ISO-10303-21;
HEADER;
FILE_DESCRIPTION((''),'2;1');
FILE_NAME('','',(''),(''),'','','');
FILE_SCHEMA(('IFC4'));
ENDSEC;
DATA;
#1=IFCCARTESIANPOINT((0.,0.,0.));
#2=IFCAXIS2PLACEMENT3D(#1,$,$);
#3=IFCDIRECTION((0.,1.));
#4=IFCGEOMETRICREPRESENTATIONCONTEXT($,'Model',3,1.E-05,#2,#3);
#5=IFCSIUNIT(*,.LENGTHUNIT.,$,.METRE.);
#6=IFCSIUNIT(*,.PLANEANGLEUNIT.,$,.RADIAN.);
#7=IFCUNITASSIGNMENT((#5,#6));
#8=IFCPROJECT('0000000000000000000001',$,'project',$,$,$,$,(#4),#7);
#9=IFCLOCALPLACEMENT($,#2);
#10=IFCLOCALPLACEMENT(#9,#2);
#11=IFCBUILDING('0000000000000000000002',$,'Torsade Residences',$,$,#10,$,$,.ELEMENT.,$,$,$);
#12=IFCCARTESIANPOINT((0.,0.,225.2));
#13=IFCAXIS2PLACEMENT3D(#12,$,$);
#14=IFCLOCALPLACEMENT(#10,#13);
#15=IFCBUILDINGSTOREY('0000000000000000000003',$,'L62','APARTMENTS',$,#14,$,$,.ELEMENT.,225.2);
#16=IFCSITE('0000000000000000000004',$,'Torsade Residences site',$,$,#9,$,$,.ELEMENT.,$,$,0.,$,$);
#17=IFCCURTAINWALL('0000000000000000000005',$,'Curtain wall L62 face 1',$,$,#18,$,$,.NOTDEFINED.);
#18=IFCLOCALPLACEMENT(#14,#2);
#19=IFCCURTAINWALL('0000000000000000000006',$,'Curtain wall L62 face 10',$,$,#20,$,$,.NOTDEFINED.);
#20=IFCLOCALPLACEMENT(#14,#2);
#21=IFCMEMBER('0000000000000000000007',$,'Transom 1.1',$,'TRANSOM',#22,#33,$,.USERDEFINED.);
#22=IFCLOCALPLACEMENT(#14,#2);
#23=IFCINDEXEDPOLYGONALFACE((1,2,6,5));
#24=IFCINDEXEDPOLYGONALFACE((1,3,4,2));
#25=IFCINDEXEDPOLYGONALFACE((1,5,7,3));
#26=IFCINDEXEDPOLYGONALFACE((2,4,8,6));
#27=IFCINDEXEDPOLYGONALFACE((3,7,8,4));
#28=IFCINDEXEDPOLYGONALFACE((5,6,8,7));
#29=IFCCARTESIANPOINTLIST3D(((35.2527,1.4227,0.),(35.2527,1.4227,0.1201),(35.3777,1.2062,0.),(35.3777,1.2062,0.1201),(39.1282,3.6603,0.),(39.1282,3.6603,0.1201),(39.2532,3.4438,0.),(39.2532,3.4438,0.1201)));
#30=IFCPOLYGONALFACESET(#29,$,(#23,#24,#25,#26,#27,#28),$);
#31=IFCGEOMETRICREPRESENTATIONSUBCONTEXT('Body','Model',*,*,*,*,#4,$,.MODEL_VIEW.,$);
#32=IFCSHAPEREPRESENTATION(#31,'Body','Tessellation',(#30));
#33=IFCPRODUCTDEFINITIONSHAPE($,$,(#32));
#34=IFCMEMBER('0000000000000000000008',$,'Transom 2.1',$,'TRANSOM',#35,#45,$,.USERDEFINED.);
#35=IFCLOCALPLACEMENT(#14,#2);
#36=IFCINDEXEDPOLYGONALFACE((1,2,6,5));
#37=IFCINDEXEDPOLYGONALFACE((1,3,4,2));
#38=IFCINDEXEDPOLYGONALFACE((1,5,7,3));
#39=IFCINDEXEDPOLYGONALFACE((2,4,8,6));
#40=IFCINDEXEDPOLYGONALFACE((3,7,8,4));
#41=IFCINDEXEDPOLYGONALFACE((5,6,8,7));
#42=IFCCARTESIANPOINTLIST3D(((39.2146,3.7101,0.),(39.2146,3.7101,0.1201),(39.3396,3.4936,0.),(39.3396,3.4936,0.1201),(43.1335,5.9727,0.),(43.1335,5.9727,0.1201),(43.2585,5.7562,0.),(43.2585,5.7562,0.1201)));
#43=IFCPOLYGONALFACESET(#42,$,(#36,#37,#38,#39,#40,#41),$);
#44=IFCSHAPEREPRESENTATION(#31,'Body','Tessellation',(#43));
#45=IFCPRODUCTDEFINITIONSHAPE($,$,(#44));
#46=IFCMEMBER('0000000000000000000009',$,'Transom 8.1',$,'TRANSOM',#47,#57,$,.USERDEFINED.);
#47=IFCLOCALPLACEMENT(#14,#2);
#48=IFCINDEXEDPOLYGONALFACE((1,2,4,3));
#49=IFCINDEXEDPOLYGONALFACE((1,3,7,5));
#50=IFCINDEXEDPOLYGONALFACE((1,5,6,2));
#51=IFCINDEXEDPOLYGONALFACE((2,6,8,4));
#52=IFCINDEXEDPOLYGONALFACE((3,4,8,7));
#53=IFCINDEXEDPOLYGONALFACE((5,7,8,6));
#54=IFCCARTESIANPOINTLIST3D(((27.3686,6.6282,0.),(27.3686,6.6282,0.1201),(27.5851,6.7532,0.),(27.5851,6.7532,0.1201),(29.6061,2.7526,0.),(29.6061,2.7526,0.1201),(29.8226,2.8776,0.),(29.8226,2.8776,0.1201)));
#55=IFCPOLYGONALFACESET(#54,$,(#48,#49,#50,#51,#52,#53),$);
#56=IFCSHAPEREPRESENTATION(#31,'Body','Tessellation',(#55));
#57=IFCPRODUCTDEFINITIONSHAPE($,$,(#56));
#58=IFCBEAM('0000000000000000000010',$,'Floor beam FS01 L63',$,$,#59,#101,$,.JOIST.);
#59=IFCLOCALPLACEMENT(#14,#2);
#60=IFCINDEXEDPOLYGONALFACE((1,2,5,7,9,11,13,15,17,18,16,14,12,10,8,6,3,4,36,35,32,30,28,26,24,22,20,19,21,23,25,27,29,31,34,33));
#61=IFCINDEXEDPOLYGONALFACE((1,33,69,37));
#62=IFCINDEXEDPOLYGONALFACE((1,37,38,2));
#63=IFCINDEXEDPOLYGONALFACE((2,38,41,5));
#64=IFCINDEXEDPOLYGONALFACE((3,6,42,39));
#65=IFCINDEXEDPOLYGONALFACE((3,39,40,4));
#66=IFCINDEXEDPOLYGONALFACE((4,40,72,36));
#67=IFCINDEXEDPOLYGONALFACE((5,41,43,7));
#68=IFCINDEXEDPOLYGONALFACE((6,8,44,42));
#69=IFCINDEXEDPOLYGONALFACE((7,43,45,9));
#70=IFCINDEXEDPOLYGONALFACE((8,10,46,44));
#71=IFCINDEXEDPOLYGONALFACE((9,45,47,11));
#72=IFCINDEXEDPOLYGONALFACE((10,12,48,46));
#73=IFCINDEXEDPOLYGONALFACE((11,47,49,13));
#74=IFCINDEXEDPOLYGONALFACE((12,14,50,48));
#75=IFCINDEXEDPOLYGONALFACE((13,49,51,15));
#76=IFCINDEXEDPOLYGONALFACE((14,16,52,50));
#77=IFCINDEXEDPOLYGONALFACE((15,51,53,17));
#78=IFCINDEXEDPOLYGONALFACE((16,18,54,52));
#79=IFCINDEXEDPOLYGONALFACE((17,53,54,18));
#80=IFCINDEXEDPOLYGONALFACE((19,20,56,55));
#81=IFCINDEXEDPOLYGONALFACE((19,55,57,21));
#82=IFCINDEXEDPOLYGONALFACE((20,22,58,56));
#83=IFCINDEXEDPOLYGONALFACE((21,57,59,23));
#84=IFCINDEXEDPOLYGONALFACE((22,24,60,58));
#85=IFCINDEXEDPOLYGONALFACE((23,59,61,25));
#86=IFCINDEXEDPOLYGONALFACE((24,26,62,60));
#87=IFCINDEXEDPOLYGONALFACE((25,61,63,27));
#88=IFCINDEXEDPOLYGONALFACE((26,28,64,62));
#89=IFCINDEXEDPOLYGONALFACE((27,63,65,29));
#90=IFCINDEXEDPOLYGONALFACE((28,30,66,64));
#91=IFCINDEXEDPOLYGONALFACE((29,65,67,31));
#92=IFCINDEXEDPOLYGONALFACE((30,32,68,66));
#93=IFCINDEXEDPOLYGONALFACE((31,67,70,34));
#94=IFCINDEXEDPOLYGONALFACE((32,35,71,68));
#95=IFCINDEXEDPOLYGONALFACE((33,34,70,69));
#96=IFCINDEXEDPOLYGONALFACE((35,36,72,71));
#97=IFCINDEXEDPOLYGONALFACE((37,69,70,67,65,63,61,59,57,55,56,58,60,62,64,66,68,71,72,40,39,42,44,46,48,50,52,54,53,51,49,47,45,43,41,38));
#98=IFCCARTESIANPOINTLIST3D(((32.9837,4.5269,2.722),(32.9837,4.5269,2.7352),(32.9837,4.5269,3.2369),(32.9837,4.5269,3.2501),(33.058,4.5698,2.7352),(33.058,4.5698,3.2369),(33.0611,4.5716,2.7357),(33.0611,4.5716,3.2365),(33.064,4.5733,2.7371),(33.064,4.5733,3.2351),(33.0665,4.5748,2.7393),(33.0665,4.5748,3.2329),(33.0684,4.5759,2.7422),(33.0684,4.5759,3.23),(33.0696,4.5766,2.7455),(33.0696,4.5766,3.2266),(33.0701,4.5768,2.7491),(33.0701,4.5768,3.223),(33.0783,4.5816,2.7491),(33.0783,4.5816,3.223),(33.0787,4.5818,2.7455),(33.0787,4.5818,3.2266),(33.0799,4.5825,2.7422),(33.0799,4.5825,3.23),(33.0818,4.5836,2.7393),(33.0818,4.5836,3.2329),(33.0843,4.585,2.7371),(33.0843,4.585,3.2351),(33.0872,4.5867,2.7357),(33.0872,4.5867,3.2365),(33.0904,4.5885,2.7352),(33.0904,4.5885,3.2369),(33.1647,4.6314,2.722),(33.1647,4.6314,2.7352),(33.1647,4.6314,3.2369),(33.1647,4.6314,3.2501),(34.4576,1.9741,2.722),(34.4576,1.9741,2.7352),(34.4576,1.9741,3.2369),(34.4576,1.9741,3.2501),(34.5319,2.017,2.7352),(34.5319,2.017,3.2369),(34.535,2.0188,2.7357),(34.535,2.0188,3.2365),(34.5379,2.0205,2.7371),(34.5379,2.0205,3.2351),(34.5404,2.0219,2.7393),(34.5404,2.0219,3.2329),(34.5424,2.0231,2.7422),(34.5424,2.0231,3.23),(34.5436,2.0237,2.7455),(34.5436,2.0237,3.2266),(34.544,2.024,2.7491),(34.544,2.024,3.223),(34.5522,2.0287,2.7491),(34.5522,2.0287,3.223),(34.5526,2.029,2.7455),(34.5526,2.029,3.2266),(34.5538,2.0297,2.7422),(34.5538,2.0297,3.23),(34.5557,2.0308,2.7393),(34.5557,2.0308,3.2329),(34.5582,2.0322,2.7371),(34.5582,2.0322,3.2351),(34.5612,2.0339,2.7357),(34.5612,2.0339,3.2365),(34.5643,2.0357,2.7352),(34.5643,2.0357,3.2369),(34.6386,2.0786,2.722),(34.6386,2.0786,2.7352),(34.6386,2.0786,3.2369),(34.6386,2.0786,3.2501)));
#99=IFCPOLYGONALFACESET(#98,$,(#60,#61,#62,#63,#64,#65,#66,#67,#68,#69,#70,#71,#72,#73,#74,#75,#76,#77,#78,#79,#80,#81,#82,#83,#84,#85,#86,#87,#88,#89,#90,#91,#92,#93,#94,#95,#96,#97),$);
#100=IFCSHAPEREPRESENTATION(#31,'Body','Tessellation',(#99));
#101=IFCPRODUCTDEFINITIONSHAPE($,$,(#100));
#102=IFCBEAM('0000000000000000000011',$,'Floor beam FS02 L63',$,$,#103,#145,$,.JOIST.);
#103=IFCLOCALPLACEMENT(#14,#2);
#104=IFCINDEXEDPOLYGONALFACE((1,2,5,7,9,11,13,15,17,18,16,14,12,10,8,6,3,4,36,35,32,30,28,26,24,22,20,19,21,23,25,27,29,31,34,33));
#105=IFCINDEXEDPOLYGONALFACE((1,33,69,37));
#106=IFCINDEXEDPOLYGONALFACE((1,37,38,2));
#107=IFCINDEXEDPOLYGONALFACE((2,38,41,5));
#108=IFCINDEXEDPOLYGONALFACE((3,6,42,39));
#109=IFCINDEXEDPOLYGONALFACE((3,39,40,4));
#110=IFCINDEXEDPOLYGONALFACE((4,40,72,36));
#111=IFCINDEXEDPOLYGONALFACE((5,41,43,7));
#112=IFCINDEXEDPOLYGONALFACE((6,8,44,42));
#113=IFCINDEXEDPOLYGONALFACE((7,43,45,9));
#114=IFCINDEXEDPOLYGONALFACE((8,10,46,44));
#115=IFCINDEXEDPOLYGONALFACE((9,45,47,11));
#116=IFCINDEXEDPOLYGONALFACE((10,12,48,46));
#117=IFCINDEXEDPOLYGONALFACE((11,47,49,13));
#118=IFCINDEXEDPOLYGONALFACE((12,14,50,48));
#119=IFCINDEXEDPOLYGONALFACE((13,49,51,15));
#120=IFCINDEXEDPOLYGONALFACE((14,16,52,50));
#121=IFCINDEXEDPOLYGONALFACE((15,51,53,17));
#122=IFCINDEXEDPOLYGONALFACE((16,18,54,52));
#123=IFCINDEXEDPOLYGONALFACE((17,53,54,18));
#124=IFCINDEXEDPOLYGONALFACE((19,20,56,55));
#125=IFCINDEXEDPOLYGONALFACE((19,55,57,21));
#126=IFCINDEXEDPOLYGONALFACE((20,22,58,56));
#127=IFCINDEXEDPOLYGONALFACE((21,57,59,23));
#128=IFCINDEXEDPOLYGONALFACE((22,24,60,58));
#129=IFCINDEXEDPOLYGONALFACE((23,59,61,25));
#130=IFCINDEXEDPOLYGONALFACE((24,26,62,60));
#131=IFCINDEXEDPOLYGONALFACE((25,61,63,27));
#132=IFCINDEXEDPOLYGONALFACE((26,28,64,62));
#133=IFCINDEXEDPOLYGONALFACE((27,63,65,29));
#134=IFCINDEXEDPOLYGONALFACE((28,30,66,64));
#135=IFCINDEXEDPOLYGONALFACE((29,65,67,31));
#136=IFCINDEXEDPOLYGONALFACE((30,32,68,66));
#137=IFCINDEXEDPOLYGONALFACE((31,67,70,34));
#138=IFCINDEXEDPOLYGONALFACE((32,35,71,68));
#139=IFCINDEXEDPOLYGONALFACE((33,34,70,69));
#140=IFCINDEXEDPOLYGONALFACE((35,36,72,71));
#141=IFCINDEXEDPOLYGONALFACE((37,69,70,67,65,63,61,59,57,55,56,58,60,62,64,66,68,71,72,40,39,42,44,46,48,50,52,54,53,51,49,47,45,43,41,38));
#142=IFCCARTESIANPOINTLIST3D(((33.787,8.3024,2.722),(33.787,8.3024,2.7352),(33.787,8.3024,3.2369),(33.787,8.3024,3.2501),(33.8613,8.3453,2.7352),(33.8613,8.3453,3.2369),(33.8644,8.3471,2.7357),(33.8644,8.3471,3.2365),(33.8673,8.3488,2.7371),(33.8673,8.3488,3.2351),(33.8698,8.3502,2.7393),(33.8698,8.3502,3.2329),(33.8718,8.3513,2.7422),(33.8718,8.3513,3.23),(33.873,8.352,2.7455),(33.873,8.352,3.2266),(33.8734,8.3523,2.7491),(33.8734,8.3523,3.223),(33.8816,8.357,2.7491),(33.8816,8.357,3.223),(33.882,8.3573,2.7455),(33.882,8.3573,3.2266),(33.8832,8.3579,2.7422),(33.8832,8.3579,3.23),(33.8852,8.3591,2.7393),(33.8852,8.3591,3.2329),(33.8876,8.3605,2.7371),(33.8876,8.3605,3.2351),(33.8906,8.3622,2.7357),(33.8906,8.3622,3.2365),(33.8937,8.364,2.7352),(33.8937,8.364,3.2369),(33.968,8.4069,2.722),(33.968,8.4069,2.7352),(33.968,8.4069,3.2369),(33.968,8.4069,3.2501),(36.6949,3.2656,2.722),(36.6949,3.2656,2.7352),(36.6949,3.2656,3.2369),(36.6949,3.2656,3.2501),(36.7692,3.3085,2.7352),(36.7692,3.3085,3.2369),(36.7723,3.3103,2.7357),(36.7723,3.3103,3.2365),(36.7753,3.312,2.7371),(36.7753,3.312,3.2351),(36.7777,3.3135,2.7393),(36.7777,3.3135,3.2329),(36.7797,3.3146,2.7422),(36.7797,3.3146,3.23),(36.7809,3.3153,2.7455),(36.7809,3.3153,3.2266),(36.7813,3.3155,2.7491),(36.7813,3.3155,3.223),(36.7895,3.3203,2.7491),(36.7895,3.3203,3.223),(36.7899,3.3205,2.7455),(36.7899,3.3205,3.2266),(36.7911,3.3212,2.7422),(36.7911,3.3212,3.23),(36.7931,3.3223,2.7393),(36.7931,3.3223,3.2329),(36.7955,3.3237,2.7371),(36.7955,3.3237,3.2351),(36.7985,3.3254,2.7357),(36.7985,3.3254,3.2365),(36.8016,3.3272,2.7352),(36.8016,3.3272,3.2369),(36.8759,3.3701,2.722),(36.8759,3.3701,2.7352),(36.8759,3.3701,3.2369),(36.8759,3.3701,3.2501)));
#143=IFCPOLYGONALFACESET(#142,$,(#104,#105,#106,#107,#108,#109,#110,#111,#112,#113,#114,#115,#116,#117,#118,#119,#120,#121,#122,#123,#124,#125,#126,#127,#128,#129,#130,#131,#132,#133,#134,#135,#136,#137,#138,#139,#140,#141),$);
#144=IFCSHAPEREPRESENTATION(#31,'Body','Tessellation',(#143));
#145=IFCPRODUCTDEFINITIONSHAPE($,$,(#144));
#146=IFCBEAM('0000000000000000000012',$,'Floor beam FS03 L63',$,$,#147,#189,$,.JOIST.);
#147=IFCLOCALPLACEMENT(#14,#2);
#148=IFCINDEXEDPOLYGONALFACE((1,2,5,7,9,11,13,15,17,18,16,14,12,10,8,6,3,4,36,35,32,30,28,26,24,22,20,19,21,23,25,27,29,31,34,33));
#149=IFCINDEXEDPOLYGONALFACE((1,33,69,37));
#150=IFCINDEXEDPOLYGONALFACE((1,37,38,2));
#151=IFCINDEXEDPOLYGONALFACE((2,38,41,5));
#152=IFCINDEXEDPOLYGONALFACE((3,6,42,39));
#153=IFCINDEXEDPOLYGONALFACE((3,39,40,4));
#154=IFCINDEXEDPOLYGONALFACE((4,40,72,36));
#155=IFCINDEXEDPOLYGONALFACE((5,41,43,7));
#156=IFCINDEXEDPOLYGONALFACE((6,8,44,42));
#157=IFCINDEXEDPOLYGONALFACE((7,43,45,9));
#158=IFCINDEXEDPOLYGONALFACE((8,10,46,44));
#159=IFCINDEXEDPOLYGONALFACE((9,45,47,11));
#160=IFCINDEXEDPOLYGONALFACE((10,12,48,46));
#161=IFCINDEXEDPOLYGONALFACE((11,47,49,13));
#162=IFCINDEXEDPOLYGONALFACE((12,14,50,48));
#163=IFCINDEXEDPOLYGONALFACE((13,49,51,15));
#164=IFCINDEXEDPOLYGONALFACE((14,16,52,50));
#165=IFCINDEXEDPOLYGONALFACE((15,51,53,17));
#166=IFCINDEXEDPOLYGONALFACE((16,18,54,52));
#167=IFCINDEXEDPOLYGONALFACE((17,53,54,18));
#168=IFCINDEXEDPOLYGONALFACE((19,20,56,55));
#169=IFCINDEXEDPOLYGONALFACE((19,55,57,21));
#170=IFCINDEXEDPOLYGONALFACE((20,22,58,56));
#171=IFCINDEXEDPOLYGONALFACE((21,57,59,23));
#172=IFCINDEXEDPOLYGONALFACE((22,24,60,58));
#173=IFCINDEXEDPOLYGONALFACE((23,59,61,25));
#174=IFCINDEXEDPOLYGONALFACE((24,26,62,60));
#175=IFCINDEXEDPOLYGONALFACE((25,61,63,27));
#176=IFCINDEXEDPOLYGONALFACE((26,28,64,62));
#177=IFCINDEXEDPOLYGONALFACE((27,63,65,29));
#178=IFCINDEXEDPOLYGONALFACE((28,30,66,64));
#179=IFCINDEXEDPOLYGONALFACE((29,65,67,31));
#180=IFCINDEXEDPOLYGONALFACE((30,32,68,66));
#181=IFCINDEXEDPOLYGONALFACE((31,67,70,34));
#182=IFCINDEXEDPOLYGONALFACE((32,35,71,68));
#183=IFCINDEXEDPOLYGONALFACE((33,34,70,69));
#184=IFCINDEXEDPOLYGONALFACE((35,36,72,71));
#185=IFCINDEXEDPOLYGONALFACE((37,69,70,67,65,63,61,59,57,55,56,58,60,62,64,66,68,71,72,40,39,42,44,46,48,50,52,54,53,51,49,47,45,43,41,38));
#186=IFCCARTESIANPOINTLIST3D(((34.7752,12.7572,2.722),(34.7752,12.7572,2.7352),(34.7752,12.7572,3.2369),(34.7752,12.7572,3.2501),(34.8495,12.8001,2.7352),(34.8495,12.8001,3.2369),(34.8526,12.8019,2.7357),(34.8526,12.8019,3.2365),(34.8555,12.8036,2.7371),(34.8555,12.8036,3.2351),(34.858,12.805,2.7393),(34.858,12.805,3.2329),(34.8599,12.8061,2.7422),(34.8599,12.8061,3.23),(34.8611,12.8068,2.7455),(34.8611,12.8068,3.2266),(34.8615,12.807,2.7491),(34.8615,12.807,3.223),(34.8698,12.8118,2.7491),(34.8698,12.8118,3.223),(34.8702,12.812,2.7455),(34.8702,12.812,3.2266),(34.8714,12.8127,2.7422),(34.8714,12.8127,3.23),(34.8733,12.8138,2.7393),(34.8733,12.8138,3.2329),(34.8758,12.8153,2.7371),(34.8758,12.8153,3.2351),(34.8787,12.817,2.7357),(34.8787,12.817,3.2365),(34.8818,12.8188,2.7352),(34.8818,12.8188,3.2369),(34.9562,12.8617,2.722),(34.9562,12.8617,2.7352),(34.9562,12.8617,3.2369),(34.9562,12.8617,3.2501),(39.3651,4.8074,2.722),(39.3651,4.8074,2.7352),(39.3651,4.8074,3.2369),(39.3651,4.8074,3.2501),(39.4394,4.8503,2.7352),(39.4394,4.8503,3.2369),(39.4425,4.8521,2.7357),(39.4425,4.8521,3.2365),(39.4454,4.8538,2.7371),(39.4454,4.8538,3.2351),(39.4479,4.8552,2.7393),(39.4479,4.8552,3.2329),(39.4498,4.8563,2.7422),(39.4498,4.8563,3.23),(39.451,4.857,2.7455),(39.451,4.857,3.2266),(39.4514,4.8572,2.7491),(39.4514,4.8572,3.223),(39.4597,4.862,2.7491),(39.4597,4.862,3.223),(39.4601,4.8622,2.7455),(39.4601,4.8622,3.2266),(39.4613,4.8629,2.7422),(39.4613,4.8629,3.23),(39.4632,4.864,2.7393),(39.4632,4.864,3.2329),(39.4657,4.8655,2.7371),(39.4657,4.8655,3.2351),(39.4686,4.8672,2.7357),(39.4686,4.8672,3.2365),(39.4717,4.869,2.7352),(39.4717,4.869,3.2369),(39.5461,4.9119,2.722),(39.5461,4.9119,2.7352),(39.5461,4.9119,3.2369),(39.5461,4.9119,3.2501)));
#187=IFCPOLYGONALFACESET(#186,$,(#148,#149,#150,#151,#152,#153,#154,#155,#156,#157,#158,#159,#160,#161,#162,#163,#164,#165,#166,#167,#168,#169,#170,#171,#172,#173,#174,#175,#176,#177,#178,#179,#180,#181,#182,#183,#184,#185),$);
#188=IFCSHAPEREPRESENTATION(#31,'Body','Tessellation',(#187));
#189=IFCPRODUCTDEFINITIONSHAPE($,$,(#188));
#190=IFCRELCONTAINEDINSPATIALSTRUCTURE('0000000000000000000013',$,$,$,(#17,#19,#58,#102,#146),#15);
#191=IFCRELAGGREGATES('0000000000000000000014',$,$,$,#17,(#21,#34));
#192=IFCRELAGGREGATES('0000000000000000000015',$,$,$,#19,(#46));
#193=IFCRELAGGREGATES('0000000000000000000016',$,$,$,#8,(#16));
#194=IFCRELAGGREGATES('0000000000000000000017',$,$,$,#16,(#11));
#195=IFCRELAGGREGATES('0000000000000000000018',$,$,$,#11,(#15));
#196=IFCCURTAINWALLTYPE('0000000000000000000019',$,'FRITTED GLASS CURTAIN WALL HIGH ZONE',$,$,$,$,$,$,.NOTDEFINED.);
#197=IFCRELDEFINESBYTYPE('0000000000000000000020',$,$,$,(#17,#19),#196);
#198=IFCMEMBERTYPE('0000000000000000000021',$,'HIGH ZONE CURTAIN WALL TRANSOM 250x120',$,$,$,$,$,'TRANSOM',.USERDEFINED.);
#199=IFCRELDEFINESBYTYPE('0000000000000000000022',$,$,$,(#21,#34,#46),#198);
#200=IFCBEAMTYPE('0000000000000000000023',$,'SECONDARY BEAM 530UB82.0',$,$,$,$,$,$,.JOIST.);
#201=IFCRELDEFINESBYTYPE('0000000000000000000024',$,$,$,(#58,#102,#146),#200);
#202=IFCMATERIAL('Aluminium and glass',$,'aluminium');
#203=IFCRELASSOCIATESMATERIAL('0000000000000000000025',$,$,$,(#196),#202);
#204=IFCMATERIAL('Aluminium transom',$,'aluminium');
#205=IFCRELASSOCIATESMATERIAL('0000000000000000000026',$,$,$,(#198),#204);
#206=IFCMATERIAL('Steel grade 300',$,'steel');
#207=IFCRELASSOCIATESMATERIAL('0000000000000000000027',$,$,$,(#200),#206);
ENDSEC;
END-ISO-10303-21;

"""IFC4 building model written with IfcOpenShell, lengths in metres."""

from ifc_helpers import new_model, si_unit, direction, frame, origin, origin_2d, place, context, subcontext, project, spatial, rectangle, i_section, extrude, material, material_profile, profile_set, type_object, element, aggregate, save


model = new_model("IFC4")

# Units and contexts
model_context = context("Model", 3, precision=1e-05, world=origin(), true_north=direction((0.0, 1.0)))
body_context = subcontext(model_context, "Body", "Model", "MODEL_VIEW")
ifc_project = project(units=[si_unit("LENGTHUNIT", "METRE"), si_unit("PLANEANGLEUNIT", "RADIAN")], contexts=[model_context])

# Site, building, storey
site_placement = place(None, origin())
site = spatial("IfcSite", under=ifc_project, at=site_placement, Name="Torsade Residences site", CompositionType="ELEMENT", RefElevation=0.0)
building_placement = place(site_placement, origin())
building = spatial("IfcBuilding", under=site, at=building_placement, Name="Torsade Residences", CompositionType="ELEMENT")
storey_placement = place(building_placement, frame((0.0, 0.0, 225.2)))
storey = spatial("IfcBuildingStorey", under=building, at=storey_placement, Name="L62", Description="APARTMENTS", CompositionType="ELEMENT", Elevation=225.2)

# Curtain walls
ifc_material_1 = material(Name="Aluminium and glass", Category="aluminium")
curtain_wall_type = type_object("IfcCurtainWallType", Name="FRITTED GLASS CURTAIN WALL HIGH ZONE", PredefinedType="NOTDEFINED", material=ifc_material_1)
curtain_wall_1_placement = place(storey_placement, origin())
curtain_wall_1 = element("IfcCurtainWall", 1, at=curtain_wall_1_placement, inside=storey, type_object=curtain_wall_type, Name="Curtain wall L62 face 1", PredefinedType="NOTDEFINED")
curtain_wall_2_placement = place(storey_placement, origin())
curtain_wall_2 = element("IfcCurtainWall", 2, at=curtain_wall_2_placement, inside=storey, type_object=curtain_wall_type, Name="Curtain wall L62 face 10", PredefinedType="NOTDEFINED")

# Members
ifc_material_2 = material(Name="Aluminium transom", Category="aluminium")
ifc_material_profile_1 = material_profile(ifc_material_2, rectangle(XDim=0.25, YDim=0.1201, at=origin_2d()), Name="HIGH ZONE CURTAIN WALL TRANSOM 250x120")
ifc_profile_set_1 = profile_set([ifc_material_profile_1], Name="Aluminium transom")
member_type_1 = type_object("IfcMemberType", Name="HIGH ZONE CURTAIN WALL TRANSOM 250x120", ElementType="TRANSOM", PredefinedType="USERDEFINED", material=ifc_profile_set_1)
member_1_placement = place(storey_placement, frame((35.3152, 1.3145, 0.0601), z_axis=(0.866022, 0.500006, 0.0), x_axis=(-0.500006, 0.866022, 0.0)))
member_1 = element("IfcMember", 3, at=member_1_placement, type_object=member_type_1, Name="Transom 1.1", ObjectType="TRANSOM", PredefinedType="USERDEFINED", context=body_context, shape_type="SweptSolid", body=[
    extrude(rectangle(XDim=0.25, YDim=0.1201, at=origin_2d()), origin(), (0.0, 0.0, 1.0), 4.4751),
])
member_2_placement = place(storey_placement, frame((39.2771, 3.6018, 0.0601), z_axis=(0.866017, 0.500015, 0.0), x_axis=(-0.500015, 0.866017, 0.0)))
member_2 = element("IfcMember", 4, at=member_2_placement, type_object=member_type_1, Name="Transom 2.1", ObjectType="TRANSOM", PredefinedType="USERDEFINED", context=body_context, shape_type="SweptSolid", body=[
    extrude(rectangle(XDim=0.25, YDim=0.1201, at=origin_2d()), origin(), (0.0, 0.0, 1.0), 4.5251),
])
member_3_placement = place(storey_placement, frame((27.4768, 6.6907, 0.0601), z_axis=(0.500006, -0.866022, 0.0), x_axis=(0.866022, 0.500006, 0.0)))
member_3 = element("IfcMember", 5, at=member_3_placement, type_object=member_type_1, Name="Transom 8.1", ObjectType="TRANSOM", PredefinedType="USERDEFINED", context=body_context, shape_type="SweptSolid", body=[
    extrude(rectangle(XDim=0.25, YDim=0.1201, at=origin_2d()), origin(), (0.0, 0.0, 1.0), 4.4751),
])

# Beams
ifc_material_3 = material(Name="Steel grade 300", Category="steel")
ifc_material_profile_2 = material_profile(ifc_material_3, i_section(OverallWidth=0.209, OverallDepth=0.5281, WebThickness=0.0095, FlangeThickness=0.0132, FilletRadius=0.0139, at=origin_2d()), Name="530UB82.0")
ifc_profile_set_2 = profile_set([ifc_material_profile_2], Name="Steel grade 300")
beam_type_1 = type_object("IfcBeamType", Name="SECONDARY BEAM 530UB82.0", PredefinedType="JOIST", material=ifc_profile_set_2)
beam_1_placement = place(storey_placement, frame((34.5481, 2.0264, 2.9861), z_axis=(-0.500014, 0.866017, 0.0), x_axis=(-0.866017, -0.500014, 0.0)))
element("IfcBeam", 6, at=beam_1_placement, inside=storey, type_object=beam_type_1, Name="Floor beam FS01 L63", PredefinedType="JOIST", context=body_context, shape_type="SweptSolid", body=[
    extrude(i_section(OverallWidth=0.209, OverallDepth=0.5281, WebThickness=0.0095, FlangeThickness=0.0132, FilletRadius=0.0139, at=origin_2d()), origin(), (0.0, 0.0, 1.0), 2.9478),
])
beam_2_placement = place(storey_placement, frame((36.7854, 3.3179, 2.9861), z_axis=(-0.49999, 0.866031, 0.0), x_axis=(-0.866031, -0.49999, 0.0)))
element("IfcBeam", 7, at=beam_2_placement, inside=storey, type_object=beam_type_1, Name="Floor beam FS02 L63", PredefinedType="JOIST", context=body_context, shape_type="SweptSolid", body=[
    extrude(i_section(OverallWidth=0.209, OverallDepth=0.5281, WebThickness=0.0095, FlangeThickness=0.0132, FilletRadius=0.0139, at=origin_2d()), origin(), (0.0, 0.0, 1.0), 5.8159),
])
beam_3_placement = place(storey_placement, frame((39.4556, 4.8596, 2.9861), z_axis=(-0.500006, 0.866022, 0.0), x_axis=(-0.866022, -0.500006, 0.0)))
element("IfcBeam", 8, at=beam_3_placement, inside=storey, type_object=beam_type_1, Name="Floor beam FS03 L63", PredefinedType="JOIST", context=body_context, shape_type="SweptSolid", body=[
    extrude(i_section(OverallWidth=0.209, OverallDepth=0.5281, WebThickness=0.0095, FlangeThickness=0.0132, FilletRadius=0.0139, at=origin_2d()), origin(), (0.0, 0.0, 1.0), 9.1797),
])

aggregate(curtain_wall_1, [member_1, member_2])
aggregate(curtain_wall_2, [member_3])

save(model, "model.ifc")
